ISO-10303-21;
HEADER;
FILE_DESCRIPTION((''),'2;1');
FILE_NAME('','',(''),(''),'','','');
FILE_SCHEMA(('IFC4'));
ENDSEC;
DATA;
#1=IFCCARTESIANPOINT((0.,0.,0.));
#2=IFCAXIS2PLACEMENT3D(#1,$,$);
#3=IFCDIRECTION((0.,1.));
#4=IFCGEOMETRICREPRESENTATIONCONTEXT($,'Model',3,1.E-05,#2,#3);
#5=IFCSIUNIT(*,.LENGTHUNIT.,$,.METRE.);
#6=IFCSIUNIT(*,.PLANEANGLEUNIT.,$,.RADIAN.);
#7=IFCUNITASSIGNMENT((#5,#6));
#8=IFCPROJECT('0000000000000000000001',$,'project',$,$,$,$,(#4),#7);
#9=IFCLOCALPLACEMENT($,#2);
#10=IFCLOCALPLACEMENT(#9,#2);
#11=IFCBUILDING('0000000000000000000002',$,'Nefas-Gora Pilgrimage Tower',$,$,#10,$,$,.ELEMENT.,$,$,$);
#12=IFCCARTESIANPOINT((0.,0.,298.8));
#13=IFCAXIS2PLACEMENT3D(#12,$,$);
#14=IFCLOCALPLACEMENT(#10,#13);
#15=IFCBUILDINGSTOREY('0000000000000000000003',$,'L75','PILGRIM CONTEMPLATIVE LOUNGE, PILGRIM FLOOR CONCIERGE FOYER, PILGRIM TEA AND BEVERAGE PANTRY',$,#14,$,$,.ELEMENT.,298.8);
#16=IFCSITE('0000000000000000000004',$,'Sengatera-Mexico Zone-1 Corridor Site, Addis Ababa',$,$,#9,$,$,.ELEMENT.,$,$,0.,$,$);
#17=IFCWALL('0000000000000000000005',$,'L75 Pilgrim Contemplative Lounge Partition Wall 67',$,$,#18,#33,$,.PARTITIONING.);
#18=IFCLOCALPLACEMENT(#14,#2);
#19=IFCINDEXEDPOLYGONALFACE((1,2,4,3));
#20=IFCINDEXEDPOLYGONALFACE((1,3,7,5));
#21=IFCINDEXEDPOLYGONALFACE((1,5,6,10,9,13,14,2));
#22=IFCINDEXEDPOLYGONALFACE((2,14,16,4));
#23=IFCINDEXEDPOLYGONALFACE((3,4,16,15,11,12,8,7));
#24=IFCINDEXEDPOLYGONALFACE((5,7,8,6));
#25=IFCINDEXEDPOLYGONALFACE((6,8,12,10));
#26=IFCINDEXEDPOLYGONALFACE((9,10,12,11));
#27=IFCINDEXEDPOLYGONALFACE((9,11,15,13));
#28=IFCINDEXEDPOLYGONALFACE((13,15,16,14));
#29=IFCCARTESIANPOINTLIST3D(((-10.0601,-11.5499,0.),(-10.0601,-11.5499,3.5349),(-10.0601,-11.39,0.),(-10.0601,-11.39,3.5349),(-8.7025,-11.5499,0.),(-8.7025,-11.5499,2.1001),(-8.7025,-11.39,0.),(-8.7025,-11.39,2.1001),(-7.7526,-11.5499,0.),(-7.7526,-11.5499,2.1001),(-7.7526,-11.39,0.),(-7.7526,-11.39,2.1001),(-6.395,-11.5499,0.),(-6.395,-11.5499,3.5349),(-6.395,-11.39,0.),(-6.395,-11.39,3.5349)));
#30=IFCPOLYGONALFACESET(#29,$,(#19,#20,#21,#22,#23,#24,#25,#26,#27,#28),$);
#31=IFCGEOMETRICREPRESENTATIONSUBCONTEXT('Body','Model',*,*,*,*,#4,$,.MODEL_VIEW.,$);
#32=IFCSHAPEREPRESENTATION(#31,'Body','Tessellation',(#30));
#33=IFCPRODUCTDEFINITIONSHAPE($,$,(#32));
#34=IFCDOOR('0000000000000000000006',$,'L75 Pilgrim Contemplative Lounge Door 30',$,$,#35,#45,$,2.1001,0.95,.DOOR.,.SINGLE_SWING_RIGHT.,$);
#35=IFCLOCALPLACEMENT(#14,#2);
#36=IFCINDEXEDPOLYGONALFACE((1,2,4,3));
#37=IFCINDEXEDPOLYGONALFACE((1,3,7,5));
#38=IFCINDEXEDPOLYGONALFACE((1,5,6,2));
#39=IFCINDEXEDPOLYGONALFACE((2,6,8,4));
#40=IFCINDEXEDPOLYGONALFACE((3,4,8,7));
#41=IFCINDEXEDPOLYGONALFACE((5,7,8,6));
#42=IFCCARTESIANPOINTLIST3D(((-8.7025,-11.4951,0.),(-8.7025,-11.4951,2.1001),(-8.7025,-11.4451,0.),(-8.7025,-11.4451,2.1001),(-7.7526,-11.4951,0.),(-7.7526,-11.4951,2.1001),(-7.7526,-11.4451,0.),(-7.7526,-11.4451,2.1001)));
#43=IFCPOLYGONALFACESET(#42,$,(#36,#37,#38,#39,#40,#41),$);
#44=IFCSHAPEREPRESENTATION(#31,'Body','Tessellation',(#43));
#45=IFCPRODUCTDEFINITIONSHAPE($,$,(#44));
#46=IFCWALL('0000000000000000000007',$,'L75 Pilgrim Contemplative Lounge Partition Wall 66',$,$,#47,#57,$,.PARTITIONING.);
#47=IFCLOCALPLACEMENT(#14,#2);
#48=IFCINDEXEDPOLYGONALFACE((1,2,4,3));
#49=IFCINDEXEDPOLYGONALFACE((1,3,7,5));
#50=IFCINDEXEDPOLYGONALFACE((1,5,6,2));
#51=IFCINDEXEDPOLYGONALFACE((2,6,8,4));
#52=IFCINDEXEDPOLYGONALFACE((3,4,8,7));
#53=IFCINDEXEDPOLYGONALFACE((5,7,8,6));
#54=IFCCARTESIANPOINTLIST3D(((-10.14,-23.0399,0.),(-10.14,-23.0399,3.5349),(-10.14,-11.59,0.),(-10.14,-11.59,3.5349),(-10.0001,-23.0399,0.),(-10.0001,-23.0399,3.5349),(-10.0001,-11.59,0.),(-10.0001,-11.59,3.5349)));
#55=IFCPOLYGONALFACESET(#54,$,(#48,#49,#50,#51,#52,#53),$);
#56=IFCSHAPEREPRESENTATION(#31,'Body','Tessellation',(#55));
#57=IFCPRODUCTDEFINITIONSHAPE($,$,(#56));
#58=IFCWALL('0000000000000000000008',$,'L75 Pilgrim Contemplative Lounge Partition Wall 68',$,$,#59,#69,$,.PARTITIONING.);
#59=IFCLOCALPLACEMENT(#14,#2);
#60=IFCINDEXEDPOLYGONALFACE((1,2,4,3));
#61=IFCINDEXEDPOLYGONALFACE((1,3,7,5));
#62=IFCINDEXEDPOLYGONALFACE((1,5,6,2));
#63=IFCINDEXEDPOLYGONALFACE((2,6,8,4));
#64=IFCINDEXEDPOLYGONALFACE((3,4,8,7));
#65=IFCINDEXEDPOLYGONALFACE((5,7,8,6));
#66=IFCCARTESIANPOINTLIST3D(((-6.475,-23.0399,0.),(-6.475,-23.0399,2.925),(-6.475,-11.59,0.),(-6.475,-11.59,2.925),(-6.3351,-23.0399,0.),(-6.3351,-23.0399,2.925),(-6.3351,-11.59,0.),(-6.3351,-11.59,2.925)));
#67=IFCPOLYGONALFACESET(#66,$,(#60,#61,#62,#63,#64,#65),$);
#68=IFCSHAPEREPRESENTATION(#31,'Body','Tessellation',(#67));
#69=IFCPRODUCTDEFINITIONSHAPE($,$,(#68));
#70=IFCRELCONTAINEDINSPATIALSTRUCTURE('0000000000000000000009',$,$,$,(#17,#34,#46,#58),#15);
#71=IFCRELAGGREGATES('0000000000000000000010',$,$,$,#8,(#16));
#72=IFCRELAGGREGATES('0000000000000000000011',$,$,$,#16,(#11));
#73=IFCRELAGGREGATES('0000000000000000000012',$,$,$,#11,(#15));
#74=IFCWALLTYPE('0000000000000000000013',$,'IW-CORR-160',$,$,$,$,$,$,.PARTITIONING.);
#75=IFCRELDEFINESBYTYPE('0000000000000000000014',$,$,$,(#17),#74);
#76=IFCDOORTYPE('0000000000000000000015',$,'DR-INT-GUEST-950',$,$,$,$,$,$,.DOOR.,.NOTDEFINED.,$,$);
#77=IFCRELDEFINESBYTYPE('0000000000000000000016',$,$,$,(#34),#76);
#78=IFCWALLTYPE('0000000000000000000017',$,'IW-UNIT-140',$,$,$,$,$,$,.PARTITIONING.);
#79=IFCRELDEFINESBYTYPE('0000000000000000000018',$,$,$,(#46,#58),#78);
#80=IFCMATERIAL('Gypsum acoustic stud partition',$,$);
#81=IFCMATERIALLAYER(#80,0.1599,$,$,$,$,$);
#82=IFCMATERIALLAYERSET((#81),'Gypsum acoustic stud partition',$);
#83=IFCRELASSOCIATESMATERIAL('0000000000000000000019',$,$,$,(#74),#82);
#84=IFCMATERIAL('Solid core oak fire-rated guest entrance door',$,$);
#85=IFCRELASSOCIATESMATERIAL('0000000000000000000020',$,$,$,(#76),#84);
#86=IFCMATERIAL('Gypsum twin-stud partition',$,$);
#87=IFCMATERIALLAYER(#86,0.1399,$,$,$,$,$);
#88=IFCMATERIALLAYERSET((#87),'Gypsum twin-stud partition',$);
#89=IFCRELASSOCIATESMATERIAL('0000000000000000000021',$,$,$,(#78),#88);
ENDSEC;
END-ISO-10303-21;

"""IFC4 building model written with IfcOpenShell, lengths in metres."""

from ifc_helpers import new_model, si_unit, direction, frame, frame_2d, origin, place, context, subcontext, project, spatial, rectangle, extrude, source, transform, mapped, material, layer, layer_set, type_object, element, fill, save


model = new_model("IFC4")

# Units and contexts
model_context = context("Model", 3, precision=1e-05, world=origin(), true_north=direction((0.0, 1.0)))
body_context = subcontext(model_context, "Body", "Model", "MODEL_VIEW")
ifc_project = project(units=[si_unit("LENGTHUNIT", "METRE"), si_unit("PLANEANGLEUNIT", "RADIAN")], contexts=[model_context])

# Site, building, storey
site_placement = place(None, origin())
site = spatial("IfcSite", under=ifc_project, at=site_placement, Name="Sengatera-Mexico Zone-1 Corridor Site, Addis Ababa", CompositionType="ELEMENT", RefElevation=0.0)
building_placement = place(site_placement, origin())
building = spatial("IfcBuilding", under=site, at=building_placement, Name="Nefas-Gora Pilgrimage Tower", CompositionType="ELEMENT")
storey_placement = place(building_placement, frame((0.0, 0.0, 298.8)))
storey = spatial("IfcBuildingStorey", under=building, at=storey_placement, Name="L75", Description="PILGRIM CONTEMPLATIVE LOUNGE, PILGRIM FLOOR CONCIERGE FOYER, PILGRIM TEA AND BEVERAGE PANTRY", CompositionType="ELEMENT", Elevation=298.8)

# Wall, opening, door
ifc_material_1 = material(Name="Gypsum acoustic stud partition")
ifc_layer_1 = layer(ifc_material_1, 0.1599)
ifc_layer_set_1 = layer_set([ifc_layer_1], Name="Gypsum acoustic stud partition")
wall_type_1 = type_object("IfcWallType", Name="IW-CORR-160", PredefinedType="PARTITIONING", material=ifc_layer_set_1)
ifc_material_2 = material(Name="Solid core oak fire-rated guest entrance door")
door_type = type_object("IfcDoorType", Name="DR-INT-GUEST-950", OperationType="NOTDEFINED", PredefinedType="DOOR", material=ifc_material_2)
shared_shape_1 = source(origin(), body_context, "Body", "SweptSolid", [
    extrude(rectangle(XDim=0.95, YDim=2.1001, at=frame_2d((0.4751, 1.05))), frame((0.0, 0.0249, 0.0), z_axis=(0.0, -1.0, 0.0), x_axis=(1.0, 0.0, 0.0)), (0.0, 0.0, 1.0), 0.05),
])
shared_shape_2 = source(origin(), body_context, "Body", "SweptSolid", [
    extrude(rectangle(XDim=3.665, YDim=0.1599, at=frame_2d((1.8325, 0.0))), origin(), (0.0, 0.0, 1.0), 3.5349),
])
wall_1_placement = place(storey_placement, frame((-10.0601, -11.47, 0.0), z_axis=(0.0, 0.0, 1.0), x_axis=(1.0, 0.0, 0.0)))
wall_1 = element("IfcWall", 1, at=wall_1_placement, inside=storey, type_object=wall_type_1, Name="L75 Pilgrim Contemplative Lounge Partition Wall 67", PredefinedType="PARTITIONING", context=body_context, shape_type="MappedRepresentation", body=[
    mapped(shared_shape_2, transform((0.0, 0.0, 0.0), x_axis=(1.0, 0.0, 0.0), y_axis=(0.0, 1.0, 0.0), z_axis=(0.0, 0.0, 1.0), scale=1.0)),
])
opening_1_placement = place(wall_1_placement, frame((1.3574, 0.0, 0.0)))
opening_1 = element("IfcOpeningElement", 2, at=opening_1_placement, cuts=wall_1, PredefinedType="OPENING", context=body_context, shape_type="SweptSolid", body=[
    extrude(rectangle(XDim=0.95, YDim=2.1001, at=frame_2d((0.4751, 1.05))), frame((0.0, 0.0898, 0.0), z_axis=(0.0, -1.0, 0.0), x_axis=(1.0, 0.0, 0.0)), (0.0, 0.0, 1.0), 0.1799),
])
door_1_placement = place(opening_1_placement, origin())
door_1 = element("IfcDoor", 3, at=door_1_placement, inside=storey, type_object=door_type, Name="L75 Pilgrim Contemplative Lounge Door 30", OperationType="SINGLE_SWING_RIGHT", OverallHeight=2.1001, OverallWidth=0.95, PredefinedType="DOOR", context=body_context, shape_type="MappedRepresentation", body=[
    mapped(shared_shape_1, transform((0.0, 0.0, 0.0), x_axis=(1.0, 0.0, 0.0), y_axis=(0.0, 1.0, 0.0), z_axis=(0.0, 0.0, 1.0), scale=1.0)),
])
fill(opening_1, door_1)

# Walls
ifc_material_3 = material(Name="Gypsum twin-stud partition")
ifc_layer_2 = layer(ifc_material_3, 0.1399)
ifc_layer_set_2 = layer_set([ifc_layer_2], Name="Gypsum twin-stud partition")
wall_type_2 = type_object("IfcWallType", Name="IW-UNIT-140", PredefinedType="PARTITIONING", material=ifc_layer_set_2)
shared_shape_3 = source(origin(), body_context, "Body", "SweptSolid", [
    extrude(rectangle(XDim=11.45, YDim=0.1399, at=frame_2d((5.7251, 0.0))), origin(), (0.0, 0.0, 1.0), 3.5349),
])
wall_2_placement = place(storey_placement, frame((-10.0701, -23.04, 0.0), z_axis=(0.0, 0.0, 1.0), x_axis=(0.0, 1.0, 0.0)))
element("IfcWall", 4, at=wall_2_placement, inside=storey, type_object=wall_type_2, Name="L75 Pilgrim Contemplative Lounge Partition Wall 66", PredefinedType="PARTITIONING", context=body_context, shape_type="MappedRepresentation", body=[
    mapped(shared_shape_3, transform((0.0, 0.0, 0.0), x_axis=(1.0, 0.0, 0.0), y_axis=(0.0, 1.0, 0.0), z_axis=(0.0, 0.0, 1.0), scale=1.0)),
])
shared_shape_4 = source(origin(), body_context, "Body", "SweptSolid", [
    extrude(rectangle(XDim=11.45, YDim=0.1399, at=frame_2d((5.7251, 0.0))), origin(), (0.0, 0.0, 1.0), 2.925),
])
wall_3_placement = place(storey_placement, frame((-6.405, -23.04, 0.0), z_axis=(0.0, 0.0, 1.0), x_axis=(0.0, 1.0, 0.0)))
element("IfcWall", 5, at=wall_3_placement, inside=storey, type_object=wall_type_2, Name="L75 Pilgrim Contemplative Lounge Partition Wall 68", PredefinedType="PARTITIONING", context=body_context, shape_type="MappedRepresentation", body=[
    mapped(shared_shape_4, transform((0.0, 0.0, 0.0), x_axis=(1.0, 0.0, 0.0), y_axis=(0.0, 1.0, 0.0), z_axis=(0.0, 0.0, 1.0), scale=1.0)),
])

save(model, "model.ifc")
